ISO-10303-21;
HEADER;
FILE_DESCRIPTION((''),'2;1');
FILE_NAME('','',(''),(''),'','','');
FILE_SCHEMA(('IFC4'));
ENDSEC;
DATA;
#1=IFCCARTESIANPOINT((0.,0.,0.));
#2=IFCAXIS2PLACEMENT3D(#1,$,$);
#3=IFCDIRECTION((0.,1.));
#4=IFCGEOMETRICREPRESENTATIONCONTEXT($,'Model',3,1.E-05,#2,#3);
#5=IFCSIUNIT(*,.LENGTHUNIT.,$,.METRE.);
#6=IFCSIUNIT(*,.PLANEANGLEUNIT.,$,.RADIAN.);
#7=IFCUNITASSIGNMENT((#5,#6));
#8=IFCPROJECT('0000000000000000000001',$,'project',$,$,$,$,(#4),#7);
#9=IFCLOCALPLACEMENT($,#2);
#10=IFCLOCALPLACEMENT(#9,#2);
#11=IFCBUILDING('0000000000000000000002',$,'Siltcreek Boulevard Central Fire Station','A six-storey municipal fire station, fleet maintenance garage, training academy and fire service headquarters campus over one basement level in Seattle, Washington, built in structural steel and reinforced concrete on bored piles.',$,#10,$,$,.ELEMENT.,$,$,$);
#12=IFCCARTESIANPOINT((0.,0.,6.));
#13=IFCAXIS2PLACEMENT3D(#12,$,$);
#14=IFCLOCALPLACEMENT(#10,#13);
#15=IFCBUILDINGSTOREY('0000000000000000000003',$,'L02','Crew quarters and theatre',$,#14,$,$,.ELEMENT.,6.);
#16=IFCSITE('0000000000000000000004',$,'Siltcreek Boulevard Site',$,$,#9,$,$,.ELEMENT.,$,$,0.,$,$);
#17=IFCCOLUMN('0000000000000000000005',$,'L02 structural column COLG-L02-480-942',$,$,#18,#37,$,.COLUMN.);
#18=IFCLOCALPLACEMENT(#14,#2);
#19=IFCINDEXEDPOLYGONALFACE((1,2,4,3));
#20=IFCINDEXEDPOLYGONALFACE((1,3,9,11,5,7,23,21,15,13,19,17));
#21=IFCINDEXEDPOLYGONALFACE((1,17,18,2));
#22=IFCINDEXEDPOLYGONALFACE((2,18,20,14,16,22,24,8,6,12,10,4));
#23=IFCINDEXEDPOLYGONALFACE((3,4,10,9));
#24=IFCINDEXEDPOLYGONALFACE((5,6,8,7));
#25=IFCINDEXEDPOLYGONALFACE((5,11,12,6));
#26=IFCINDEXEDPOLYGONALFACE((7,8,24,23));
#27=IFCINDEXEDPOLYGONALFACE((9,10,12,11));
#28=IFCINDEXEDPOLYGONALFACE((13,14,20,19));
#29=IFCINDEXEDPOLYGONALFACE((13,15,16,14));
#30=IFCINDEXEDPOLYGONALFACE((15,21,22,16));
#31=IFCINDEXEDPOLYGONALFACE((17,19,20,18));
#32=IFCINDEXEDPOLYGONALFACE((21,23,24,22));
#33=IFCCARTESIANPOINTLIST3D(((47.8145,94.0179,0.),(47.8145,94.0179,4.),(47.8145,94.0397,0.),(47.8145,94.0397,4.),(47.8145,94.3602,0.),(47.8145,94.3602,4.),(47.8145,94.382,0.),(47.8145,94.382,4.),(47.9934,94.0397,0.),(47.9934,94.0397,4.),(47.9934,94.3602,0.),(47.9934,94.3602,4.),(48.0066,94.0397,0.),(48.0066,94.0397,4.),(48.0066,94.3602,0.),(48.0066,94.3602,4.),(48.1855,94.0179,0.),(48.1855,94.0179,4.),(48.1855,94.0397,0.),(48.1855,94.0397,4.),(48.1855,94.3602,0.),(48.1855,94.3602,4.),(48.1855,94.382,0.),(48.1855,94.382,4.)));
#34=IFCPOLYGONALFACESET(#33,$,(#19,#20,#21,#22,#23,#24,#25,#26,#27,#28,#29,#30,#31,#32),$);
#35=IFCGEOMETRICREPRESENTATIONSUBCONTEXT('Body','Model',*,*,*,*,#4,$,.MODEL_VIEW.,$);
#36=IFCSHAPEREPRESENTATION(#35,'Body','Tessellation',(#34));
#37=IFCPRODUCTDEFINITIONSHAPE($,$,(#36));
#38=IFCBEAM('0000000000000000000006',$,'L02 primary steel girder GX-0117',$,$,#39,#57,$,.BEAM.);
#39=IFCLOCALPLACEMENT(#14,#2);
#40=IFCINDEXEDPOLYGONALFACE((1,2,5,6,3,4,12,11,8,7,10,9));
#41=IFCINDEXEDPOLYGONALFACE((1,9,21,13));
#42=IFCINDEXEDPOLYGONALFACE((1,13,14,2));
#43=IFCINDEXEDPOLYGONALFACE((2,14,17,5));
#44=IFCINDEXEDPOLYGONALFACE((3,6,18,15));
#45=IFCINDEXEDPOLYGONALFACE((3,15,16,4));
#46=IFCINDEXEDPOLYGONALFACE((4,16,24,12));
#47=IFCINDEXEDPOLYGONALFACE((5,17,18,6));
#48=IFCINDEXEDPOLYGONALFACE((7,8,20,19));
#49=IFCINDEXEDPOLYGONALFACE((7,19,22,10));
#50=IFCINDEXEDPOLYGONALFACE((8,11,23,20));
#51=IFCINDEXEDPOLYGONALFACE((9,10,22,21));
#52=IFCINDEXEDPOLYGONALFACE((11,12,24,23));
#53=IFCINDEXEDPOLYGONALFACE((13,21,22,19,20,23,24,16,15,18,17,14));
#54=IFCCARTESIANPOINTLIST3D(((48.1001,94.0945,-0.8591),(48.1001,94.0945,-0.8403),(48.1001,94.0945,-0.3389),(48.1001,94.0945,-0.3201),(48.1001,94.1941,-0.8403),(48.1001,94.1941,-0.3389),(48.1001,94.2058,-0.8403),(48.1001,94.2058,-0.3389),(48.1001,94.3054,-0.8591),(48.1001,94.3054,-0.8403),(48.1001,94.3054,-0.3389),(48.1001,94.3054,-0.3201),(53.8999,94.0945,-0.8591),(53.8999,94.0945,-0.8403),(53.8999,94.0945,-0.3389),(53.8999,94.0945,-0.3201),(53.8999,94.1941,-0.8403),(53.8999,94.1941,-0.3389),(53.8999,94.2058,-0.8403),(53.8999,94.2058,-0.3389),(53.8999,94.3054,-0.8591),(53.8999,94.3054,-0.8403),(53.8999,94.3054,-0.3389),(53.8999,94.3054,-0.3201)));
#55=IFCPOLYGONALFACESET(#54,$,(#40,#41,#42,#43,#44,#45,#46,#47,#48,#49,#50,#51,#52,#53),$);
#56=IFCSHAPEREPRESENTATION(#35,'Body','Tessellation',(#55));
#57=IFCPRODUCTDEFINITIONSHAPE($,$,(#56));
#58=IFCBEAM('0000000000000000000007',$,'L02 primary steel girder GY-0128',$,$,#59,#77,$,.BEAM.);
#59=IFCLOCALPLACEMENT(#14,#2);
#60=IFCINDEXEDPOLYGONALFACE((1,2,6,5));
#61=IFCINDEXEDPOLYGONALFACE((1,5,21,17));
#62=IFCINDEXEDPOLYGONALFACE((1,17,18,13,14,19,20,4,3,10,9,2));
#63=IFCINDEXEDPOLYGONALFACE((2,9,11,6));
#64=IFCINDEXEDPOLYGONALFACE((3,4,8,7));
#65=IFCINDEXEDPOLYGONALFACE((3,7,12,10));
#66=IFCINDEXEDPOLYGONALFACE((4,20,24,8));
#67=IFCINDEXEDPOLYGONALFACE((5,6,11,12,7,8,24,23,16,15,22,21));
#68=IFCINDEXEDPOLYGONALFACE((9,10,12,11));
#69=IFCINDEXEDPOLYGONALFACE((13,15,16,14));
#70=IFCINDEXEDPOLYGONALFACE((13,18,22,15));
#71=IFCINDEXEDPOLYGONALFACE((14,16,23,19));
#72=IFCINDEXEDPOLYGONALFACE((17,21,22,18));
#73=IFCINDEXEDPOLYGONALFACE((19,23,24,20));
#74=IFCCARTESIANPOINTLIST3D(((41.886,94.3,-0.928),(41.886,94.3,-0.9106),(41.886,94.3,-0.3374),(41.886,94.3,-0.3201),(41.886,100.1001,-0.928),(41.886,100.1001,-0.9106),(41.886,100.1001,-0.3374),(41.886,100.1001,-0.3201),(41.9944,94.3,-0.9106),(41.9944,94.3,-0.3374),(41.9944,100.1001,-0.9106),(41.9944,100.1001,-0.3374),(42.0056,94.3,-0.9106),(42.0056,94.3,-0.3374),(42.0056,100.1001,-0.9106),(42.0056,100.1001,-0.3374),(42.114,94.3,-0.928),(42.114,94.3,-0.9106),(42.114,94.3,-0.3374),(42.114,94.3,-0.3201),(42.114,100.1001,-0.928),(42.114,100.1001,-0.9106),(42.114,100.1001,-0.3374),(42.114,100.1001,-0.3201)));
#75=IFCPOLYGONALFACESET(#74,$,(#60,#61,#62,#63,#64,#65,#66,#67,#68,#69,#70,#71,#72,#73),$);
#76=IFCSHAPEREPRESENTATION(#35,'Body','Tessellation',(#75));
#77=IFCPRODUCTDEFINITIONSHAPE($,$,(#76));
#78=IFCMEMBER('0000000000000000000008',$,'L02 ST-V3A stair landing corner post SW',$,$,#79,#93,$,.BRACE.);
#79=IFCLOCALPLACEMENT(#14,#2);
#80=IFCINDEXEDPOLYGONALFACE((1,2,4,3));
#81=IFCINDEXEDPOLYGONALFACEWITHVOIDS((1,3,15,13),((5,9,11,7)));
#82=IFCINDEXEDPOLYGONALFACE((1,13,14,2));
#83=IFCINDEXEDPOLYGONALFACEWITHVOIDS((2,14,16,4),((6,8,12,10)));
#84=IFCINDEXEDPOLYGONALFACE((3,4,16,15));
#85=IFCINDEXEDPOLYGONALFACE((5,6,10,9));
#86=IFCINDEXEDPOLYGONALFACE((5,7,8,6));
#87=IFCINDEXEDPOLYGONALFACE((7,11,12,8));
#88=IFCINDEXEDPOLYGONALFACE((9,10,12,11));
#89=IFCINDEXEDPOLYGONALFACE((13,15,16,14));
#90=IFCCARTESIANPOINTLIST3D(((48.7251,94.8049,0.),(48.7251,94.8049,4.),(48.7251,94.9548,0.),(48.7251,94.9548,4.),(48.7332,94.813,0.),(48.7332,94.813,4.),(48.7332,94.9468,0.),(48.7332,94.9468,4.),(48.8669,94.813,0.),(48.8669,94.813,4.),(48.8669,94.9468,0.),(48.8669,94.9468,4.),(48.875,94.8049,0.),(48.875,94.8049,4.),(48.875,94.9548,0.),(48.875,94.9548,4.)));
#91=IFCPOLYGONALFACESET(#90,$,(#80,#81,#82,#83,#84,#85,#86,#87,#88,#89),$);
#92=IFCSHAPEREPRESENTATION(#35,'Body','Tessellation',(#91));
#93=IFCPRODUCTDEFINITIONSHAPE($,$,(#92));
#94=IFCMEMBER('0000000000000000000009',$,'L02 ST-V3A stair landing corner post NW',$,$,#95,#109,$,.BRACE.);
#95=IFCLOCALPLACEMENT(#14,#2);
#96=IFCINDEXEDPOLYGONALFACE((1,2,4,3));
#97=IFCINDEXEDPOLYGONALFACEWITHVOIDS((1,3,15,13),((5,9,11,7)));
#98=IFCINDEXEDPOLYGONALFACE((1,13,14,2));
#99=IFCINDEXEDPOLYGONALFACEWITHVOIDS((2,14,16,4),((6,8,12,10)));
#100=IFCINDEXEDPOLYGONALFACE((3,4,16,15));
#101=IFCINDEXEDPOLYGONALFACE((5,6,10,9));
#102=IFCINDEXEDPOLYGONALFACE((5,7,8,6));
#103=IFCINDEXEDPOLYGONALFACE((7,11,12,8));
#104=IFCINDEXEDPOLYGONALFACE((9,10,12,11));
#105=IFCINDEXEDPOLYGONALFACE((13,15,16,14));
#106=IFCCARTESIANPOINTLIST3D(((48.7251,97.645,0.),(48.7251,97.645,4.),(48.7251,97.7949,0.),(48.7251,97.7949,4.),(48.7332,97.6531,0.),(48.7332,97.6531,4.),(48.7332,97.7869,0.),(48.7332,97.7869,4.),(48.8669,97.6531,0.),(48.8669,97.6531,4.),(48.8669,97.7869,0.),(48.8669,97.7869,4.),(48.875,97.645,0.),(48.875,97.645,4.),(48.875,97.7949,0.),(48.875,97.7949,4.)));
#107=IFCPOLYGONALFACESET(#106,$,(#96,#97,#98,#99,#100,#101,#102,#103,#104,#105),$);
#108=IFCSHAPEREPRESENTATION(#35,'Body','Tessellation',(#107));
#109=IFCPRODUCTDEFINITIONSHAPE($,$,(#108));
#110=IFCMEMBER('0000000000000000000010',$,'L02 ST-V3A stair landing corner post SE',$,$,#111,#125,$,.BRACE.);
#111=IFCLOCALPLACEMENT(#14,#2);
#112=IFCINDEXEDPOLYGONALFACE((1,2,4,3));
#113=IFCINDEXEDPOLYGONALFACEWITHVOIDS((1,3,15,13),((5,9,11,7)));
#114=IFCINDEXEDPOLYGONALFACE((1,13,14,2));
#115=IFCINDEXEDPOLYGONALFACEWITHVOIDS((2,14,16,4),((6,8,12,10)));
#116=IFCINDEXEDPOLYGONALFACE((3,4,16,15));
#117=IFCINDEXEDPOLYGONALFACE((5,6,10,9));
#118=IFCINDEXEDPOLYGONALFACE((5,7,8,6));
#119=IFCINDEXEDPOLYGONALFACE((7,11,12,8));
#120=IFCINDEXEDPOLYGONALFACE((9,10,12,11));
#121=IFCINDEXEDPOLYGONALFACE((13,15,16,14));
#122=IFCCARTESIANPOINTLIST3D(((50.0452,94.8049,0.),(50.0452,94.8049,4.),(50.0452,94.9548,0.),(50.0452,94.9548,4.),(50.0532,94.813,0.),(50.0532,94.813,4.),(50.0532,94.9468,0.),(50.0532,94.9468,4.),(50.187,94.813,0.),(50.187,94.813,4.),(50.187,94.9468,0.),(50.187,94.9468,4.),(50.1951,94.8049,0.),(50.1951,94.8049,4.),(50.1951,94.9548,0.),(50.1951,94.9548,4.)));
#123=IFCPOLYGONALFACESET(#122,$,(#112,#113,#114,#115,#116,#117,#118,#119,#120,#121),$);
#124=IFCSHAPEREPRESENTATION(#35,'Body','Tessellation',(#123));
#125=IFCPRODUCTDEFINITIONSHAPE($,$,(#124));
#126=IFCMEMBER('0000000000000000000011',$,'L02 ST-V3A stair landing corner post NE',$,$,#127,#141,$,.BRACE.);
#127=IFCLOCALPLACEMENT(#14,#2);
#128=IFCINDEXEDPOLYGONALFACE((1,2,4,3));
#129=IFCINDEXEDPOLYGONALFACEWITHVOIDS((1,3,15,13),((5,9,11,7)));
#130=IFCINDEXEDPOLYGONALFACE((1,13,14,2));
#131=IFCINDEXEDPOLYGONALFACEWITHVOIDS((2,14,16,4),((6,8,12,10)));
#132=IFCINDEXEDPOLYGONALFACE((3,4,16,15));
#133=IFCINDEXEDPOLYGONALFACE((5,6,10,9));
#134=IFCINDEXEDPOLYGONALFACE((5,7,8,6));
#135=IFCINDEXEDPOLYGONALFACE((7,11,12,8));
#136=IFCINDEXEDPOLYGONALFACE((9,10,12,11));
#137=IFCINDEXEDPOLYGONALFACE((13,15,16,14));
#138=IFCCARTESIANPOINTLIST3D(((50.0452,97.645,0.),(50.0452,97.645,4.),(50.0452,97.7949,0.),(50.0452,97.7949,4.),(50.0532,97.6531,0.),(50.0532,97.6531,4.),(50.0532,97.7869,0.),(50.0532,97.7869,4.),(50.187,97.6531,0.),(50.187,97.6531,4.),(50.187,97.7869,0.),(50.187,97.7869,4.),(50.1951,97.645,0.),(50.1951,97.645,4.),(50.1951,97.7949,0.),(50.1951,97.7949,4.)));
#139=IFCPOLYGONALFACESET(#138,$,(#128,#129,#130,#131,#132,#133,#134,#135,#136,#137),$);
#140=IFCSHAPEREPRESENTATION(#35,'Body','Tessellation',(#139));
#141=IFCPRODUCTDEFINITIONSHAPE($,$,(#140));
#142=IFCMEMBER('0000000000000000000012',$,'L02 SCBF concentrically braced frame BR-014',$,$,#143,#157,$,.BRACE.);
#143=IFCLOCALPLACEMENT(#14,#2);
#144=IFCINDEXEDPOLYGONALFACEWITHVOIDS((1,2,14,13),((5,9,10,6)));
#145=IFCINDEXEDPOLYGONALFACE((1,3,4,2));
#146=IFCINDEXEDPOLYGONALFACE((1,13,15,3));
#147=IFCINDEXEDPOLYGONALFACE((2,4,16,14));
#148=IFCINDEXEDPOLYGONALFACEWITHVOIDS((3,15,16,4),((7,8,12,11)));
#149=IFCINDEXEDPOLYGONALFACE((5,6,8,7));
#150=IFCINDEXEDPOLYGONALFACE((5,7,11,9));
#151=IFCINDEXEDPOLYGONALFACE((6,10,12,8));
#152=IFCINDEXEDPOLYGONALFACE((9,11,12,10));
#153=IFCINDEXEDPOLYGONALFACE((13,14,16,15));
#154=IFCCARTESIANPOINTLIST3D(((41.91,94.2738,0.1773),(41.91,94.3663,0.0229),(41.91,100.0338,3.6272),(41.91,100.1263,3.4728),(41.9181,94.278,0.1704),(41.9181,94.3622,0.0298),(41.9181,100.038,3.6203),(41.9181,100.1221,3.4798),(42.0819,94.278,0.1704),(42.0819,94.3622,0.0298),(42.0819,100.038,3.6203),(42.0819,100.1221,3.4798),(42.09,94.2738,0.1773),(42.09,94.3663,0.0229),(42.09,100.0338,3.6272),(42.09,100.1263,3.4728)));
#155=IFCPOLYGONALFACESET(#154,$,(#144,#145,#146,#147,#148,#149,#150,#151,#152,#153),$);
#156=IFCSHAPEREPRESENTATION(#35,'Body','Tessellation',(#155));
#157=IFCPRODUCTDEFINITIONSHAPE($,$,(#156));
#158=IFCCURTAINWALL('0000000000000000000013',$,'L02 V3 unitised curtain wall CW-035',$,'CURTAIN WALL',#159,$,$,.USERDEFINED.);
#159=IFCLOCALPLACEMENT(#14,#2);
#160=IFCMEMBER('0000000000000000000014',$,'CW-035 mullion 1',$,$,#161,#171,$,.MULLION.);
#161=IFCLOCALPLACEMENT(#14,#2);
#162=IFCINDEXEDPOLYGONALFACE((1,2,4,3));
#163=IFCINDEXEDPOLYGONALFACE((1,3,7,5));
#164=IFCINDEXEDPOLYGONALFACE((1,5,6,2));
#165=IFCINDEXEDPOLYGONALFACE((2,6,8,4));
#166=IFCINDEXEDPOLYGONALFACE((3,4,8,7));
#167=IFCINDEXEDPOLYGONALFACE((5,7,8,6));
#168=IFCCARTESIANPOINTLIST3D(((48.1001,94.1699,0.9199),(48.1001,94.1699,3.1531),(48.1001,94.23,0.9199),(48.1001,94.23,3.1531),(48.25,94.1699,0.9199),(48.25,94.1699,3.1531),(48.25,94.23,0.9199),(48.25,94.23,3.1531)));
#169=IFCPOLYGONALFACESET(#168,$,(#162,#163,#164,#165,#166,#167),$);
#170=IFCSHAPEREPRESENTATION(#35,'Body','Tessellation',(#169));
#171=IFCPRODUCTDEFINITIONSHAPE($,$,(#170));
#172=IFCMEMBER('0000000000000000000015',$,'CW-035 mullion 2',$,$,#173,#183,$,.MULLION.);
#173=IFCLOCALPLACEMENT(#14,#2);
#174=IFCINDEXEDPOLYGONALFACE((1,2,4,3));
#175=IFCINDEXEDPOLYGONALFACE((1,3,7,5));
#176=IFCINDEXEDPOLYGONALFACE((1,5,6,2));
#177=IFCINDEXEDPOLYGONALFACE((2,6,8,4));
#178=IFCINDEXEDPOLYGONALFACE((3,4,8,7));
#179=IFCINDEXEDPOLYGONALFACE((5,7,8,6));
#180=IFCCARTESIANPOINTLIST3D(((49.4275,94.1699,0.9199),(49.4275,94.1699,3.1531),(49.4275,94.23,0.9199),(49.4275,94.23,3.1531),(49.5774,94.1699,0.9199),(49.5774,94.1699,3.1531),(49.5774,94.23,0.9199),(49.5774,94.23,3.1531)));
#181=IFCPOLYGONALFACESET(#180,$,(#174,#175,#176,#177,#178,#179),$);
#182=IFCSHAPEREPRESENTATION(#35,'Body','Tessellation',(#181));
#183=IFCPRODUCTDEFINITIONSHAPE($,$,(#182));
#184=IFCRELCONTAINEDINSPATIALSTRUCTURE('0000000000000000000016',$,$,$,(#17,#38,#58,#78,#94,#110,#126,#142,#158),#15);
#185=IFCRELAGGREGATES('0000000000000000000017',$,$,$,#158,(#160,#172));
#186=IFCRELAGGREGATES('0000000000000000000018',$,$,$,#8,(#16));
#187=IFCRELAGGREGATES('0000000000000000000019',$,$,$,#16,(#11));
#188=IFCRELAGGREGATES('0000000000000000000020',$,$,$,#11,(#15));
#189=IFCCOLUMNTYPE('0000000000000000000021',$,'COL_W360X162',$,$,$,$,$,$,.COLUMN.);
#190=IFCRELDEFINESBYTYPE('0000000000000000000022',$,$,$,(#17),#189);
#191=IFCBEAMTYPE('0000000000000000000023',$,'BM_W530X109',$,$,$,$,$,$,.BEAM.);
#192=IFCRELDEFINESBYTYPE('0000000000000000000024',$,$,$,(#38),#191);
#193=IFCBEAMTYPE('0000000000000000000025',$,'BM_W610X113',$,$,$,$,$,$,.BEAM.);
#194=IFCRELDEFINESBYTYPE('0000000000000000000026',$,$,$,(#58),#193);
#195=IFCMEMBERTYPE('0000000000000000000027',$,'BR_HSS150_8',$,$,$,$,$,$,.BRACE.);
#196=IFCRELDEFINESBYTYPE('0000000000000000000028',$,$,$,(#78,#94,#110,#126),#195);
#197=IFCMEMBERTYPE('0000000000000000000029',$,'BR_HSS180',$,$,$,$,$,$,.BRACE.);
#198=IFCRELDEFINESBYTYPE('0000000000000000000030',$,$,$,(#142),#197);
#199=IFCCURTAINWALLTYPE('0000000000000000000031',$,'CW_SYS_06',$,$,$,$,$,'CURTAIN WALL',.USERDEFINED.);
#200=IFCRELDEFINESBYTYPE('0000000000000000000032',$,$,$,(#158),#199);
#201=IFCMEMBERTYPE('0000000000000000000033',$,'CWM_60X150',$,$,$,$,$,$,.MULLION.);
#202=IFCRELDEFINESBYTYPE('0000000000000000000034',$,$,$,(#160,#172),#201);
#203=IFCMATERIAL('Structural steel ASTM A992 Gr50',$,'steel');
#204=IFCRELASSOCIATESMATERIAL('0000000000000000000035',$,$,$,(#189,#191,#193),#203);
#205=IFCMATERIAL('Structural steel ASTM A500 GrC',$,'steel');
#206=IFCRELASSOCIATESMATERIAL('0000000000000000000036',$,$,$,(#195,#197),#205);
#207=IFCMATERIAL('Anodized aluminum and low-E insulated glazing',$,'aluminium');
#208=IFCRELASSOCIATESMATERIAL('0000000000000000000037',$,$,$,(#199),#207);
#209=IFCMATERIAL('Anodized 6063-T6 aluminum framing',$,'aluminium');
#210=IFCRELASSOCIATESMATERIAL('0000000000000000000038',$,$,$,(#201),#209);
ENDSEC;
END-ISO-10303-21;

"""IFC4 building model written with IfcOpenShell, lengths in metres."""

from ifc_helpers import new_model, si_unit, direction, frame, origin, origin_2d, place, context, subcontext, project, spatial, rectangle, hollow_rectangle, i_section, extrude, material, material_profile, profile_set, type_object, element, aggregate, save


model = new_model("IFC4")

# Units and contexts
model_context = context("Model", 3, precision=1e-05, world=origin(), true_north=direction((0.0, 1.0)))
body_context = subcontext(model_context, "Body", "Model", "MODEL_VIEW")
ifc_project = project(units=[si_unit("LENGTHUNIT", "METRE"), si_unit("PLANEANGLEUNIT", "RADIAN")], contexts=[model_context])

# Site, building, storey
site_placement = place(None, origin())
site = spatial("IfcSite", under=ifc_project, at=site_placement, Name="Siltcreek Boulevard Site", CompositionType="ELEMENT", RefElevation=0.0)
building_placement = place(site_placement, origin())
building = spatial("IfcBuilding", under=site, at=building_placement, Name="Siltcreek Boulevard Central Fire Station", Description="A six-storey municipal fire station, fleet maintenance garage, training academy and fire service headquarters campus over one basement level in Seattle, Washington, built in structural steel and reinforced concrete on bored piles.", CompositionType="ELEMENT")
storey_placement = place(building_placement, frame((0.0, 0.0, 6.0)))
storey = spatial("IfcBuildingStorey", under=building, at=storey_placement, Name="L02", Description="Crew quarters and theatre", CompositionType="ELEMENT", Elevation=6.0)

# Column
ifc_material_1 = material(Name="Structural steel ASTM A992 Gr50", Category="steel")
ifc_material_profile_1 = material_profile(ifc_material_1, i_section(OverallWidth=0.3711, OverallDepth=0.364, WebThickness=0.0132, FlangeThickness=0.0217, at=origin_2d()), Name="W360X162")
ifc_profile_set_1 = profile_set([ifc_material_profile_1], Name="Structural steel ASTM A992 Gr50")
column_type = type_object("IfcColumnType", Name="COL_W360X162", PredefinedType="COLUMN", material=ifc_profile_set_1)
column_placement = place(storey_placement, frame((48.0, 94.2, 0.0), z_axis=(0.0, 0.0, 1.0), x_axis=(1.0, 0.0, 0.0)))
element("IfcColumn", 1, at=column_placement, inside=storey, type_object=column_type, Name="L02 structural column COLG-L02-480-942", PredefinedType="COLUMN", context=body_context, shape_type="SweptSolid", body=[
    extrude(i_section(OverallWidth=0.3711, OverallDepth=0.364, WebThickness=0.0132, FlangeThickness=0.0217, at=origin_2d()), origin(), (0.0, 0.0, 1.0), 4.0),
])

# Beams
ifc_material_profile_2 = material_profile(ifc_material_1, i_section(OverallWidth=0.2109, OverallDepth=0.5391, WebThickness=0.0117, FlangeThickness=0.0188, at=origin_2d()), Name="W530X109")
ifc_profile_set_2 = profile_set([ifc_material_profile_2], Name="Structural steel ASTM A992 Gr50")
beam_type_1 = type_object("IfcBeamType", Name="BM_W530X109", PredefinedType="BEAM", material=ifc_profile_set_2)
beam_1_placement = place(storey_placement, frame((48.1001, 94.2, -0.5896), z_axis=(1.0, 0.0, 0.0), x_axis=(0.0, 1.0, 0.0)))
element("IfcBeam", 2, at=beam_1_placement, inside=storey, type_object=beam_type_1, Name="L02 primary steel girder GX-0117", PredefinedType="BEAM", context=body_context, shape_type="SweptSolid", body=[
    extrude(i_section(OverallWidth=0.2109, OverallDepth=0.5391, WebThickness=0.0117, FlangeThickness=0.0188, at=origin_2d()), origin(), (0.0, 0.0, 1.0), 5.7998),
])
ifc_material_profile_3 = material_profile(ifc_material_1, i_section(OverallWidth=0.228, OverallDepth=0.6079, WebThickness=0.0112, FlangeThickness=0.0173, at=origin_2d()), Name="W610X113")
ifc_profile_set_3 = profile_set([ifc_material_profile_3], Name="Structural steel ASTM A992 Gr50")
beam_type_2 = type_object("IfcBeamType", Name="BM_W610X113", PredefinedType="BEAM", material=ifc_profile_set_3)
beam_2_placement = place(storey_placement, frame((42.0, 94.3, -0.624), z_axis=(0.0, 1.0, 0.0), x_axis=(-1.0, 0.0, 0.0)))
element("IfcBeam", 3, at=beam_2_placement, inside=storey, type_object=beam_type_2, Name="L02 primary steel girder GY-0128", PredefinedType="BEAM", context=body_context, shape_type="SweptSolid", body=[
    extrude(i_section(OverallWidth=0.228, OverallDepth=0.6079, WebThickness=0.0112, FlangeThickness=0.0173, at=origin_2d()), origin(), (0.0, 0.0, 1.0), 5.8),
])

# Members
ifc_material_2 = material(Name="Structural steel ASTM A500 GrC", Category="steel")
ifc_material_profile_4 = material_profile(ifc_material_2, hollow_rectangle(XDim=0.1499, YDim=0.1499, WallThickness=0.0081, at=origin_2d()), Name="HSS150X150X8.0")
ifc_profile_set_4 = profile_set([ifc_material_profile_4], Name="Structural steel ASTM A500 GrC")
member_type_1 = type_object("IfcMemberType", Name="BR_HSS150_8", PredefinedType="BRACE", material=ifc_profile_set_4)
for number, where, z_axis, x_axis, name in (
    (4, (48.8, 94.8799, 0.0), (0.0, 0.0, 1.0), (1.0, 0.0, 0.0), "L02 ST-V3A stair landing corner post SW"),
    (5, (48.8, 97.72, 0.0), (0.0, 0.0, 1.0), (1.0, 0.0, 0.0), "L02 ST-V3A stair landing corner post NW"),
    (6, (50.1201, 94.8799, 0.0), (0.0, 0.0, 1.0), (1.0, 0.0, 0.0), "L02 ST-V3A stair landing corner post SE"),
    (7, (50.1201, 97.72, 0.0), (0.0, 0.0, 1.0), (1.0, 0.0, 0.0), "L02 ST-V3A stair landing corner post NE"),
):
    element("IfcMember", number, at=place(storey_placement, frame(where, z_axis=z_axis, x_axis=x_axis)), inside=storey, type_object=member_type_1, Name=name, PredefinedType="BRACE", context=body_context, shape_type="SweptSolid", body=[
        extrude(hollow_rectangle(XDim=0.1499, YDim=0.1499, WallThickness=0.0081, at=origin_2d()), origin(), (0.0, 0.0, 1.0), 4.0),
    ])
ifc_material_profile_5 = material_profile(ifc_material_2, hollow_rectangle(XDim=0.1799, YDim=0.1799, WallThickness=0.0081, at=origin_2d()), Name="HSS180X180X8.0")
ifc_profile_set_5 = profile_set([ifc_material_profile_5], Name="Structural steel ASTM A500 GrC")
member_type_2 = type_object("IfcMemberType", Name="BR_HSS180", PredefinedType="BRACE", material=ifc_profile_set_5)
member_1_placement = place(storey_placement, frame((42.0, 94.3201, 0.1001), z_axis=(0.0, 0.857891, 0.513833), x_axis=(-1.0, 0.0, 0.0)))
element("IfcMember", 8, at=member_1_placement, inside=storey, type_object=member_type_2, Name="L02 SCBF concentrically braced frame BR-014", PredefinedType="BRACE", context=body_context, shape_type="SweptSolid", body=[
    extrude(hollow_rectangle(XDim=0.1799, YDim=0.1799, WallThickness=0.0081, at=origin_2d()), origin(), (0.0, 0.0, 1.0), 6.7141),
])

# Curtain wall, members
ifc_material_3 = material(Name="Anodized aluminum and low-E insulated glazing", Category="aluminium")
curtain_wall_type_1 = type_object("IfcCurtainWallType", Name="CW_SYS_06", ElementType="CURTAIN WALL", PredefinedType="USERDEFINED", material=ifc_material_3)
curtain_wall_1_placement = place(storey_placement, origin())
curtain_wall_1 = element("IfcCurtainWall", 9, at=curtain_wall_1_placement, inside=storey, type_object=curtain_wall_type_1, Name="L02 V3 unitised curtain wall CW-035", ObjectType="CURTAIN WALL", PredefinedType="USERDEFINED")
ifc_material_4 = material(Name="Anodized 6063-T6 aluminum framing", Category="aluminium")
ifc_material_profile_6 = material_profile(ifc_material_4, rectangle(XDim=0.0601, YDim=0.1499, at=origin_2d()), Name="MULL60X150")
ifc_profile_set_6 = profile_set([ifc_material_profile_6], Name="Anodized 6063-T6 aluminum framing")
member_type_3 = type_object("IfcMemberType", Name="CWM_60X150", PredefinedType="MULLION", material=ifc_profile_set_6)
member_2_placement = place(storey_placement, frame((48.175, 94.2, 0.9199), z_axis=(0.0, 0.0, 1.0), x_axis=(0.0, 1.0, 0.0)))
member_2 = element("IfcMember", 10, at=member_2_placement, type_object=member_type_3, Name="CW-035 mullion 1", PredefinedType="MULLION", context=body_context, shape_type="SweptSolid", body=[
    extrude(rectangle(XDim=0.0601, YDim=0.1499, at=origin_2d()), origin(), (0.0, 0.0, 1.0), 2.2332),
])
member_3_placement = place(storey_placement, frame((49.5024, 94.2, 0.9199), z_axis=(0.0, 0.0, 1.0), x_axis=(0.0, 1.0, 0.0)))
member_3 = element("IfcMember", 11, at=member_3_placement, type_object=member_type_3, Name="CW-035 mullion 2", PredefinedType="MULLION", context=body_context, shape_type="SweptSolid", body=[
    extrude(rectangle(XDim=0.0601, YDim=0.1499, at=origin_2d()), origin(), (0.0, 0.0, 1.0), 2.2332),
])

aggregate(curtain_wall_1, [member_2, member_3])

save(model, "model.ifc")
